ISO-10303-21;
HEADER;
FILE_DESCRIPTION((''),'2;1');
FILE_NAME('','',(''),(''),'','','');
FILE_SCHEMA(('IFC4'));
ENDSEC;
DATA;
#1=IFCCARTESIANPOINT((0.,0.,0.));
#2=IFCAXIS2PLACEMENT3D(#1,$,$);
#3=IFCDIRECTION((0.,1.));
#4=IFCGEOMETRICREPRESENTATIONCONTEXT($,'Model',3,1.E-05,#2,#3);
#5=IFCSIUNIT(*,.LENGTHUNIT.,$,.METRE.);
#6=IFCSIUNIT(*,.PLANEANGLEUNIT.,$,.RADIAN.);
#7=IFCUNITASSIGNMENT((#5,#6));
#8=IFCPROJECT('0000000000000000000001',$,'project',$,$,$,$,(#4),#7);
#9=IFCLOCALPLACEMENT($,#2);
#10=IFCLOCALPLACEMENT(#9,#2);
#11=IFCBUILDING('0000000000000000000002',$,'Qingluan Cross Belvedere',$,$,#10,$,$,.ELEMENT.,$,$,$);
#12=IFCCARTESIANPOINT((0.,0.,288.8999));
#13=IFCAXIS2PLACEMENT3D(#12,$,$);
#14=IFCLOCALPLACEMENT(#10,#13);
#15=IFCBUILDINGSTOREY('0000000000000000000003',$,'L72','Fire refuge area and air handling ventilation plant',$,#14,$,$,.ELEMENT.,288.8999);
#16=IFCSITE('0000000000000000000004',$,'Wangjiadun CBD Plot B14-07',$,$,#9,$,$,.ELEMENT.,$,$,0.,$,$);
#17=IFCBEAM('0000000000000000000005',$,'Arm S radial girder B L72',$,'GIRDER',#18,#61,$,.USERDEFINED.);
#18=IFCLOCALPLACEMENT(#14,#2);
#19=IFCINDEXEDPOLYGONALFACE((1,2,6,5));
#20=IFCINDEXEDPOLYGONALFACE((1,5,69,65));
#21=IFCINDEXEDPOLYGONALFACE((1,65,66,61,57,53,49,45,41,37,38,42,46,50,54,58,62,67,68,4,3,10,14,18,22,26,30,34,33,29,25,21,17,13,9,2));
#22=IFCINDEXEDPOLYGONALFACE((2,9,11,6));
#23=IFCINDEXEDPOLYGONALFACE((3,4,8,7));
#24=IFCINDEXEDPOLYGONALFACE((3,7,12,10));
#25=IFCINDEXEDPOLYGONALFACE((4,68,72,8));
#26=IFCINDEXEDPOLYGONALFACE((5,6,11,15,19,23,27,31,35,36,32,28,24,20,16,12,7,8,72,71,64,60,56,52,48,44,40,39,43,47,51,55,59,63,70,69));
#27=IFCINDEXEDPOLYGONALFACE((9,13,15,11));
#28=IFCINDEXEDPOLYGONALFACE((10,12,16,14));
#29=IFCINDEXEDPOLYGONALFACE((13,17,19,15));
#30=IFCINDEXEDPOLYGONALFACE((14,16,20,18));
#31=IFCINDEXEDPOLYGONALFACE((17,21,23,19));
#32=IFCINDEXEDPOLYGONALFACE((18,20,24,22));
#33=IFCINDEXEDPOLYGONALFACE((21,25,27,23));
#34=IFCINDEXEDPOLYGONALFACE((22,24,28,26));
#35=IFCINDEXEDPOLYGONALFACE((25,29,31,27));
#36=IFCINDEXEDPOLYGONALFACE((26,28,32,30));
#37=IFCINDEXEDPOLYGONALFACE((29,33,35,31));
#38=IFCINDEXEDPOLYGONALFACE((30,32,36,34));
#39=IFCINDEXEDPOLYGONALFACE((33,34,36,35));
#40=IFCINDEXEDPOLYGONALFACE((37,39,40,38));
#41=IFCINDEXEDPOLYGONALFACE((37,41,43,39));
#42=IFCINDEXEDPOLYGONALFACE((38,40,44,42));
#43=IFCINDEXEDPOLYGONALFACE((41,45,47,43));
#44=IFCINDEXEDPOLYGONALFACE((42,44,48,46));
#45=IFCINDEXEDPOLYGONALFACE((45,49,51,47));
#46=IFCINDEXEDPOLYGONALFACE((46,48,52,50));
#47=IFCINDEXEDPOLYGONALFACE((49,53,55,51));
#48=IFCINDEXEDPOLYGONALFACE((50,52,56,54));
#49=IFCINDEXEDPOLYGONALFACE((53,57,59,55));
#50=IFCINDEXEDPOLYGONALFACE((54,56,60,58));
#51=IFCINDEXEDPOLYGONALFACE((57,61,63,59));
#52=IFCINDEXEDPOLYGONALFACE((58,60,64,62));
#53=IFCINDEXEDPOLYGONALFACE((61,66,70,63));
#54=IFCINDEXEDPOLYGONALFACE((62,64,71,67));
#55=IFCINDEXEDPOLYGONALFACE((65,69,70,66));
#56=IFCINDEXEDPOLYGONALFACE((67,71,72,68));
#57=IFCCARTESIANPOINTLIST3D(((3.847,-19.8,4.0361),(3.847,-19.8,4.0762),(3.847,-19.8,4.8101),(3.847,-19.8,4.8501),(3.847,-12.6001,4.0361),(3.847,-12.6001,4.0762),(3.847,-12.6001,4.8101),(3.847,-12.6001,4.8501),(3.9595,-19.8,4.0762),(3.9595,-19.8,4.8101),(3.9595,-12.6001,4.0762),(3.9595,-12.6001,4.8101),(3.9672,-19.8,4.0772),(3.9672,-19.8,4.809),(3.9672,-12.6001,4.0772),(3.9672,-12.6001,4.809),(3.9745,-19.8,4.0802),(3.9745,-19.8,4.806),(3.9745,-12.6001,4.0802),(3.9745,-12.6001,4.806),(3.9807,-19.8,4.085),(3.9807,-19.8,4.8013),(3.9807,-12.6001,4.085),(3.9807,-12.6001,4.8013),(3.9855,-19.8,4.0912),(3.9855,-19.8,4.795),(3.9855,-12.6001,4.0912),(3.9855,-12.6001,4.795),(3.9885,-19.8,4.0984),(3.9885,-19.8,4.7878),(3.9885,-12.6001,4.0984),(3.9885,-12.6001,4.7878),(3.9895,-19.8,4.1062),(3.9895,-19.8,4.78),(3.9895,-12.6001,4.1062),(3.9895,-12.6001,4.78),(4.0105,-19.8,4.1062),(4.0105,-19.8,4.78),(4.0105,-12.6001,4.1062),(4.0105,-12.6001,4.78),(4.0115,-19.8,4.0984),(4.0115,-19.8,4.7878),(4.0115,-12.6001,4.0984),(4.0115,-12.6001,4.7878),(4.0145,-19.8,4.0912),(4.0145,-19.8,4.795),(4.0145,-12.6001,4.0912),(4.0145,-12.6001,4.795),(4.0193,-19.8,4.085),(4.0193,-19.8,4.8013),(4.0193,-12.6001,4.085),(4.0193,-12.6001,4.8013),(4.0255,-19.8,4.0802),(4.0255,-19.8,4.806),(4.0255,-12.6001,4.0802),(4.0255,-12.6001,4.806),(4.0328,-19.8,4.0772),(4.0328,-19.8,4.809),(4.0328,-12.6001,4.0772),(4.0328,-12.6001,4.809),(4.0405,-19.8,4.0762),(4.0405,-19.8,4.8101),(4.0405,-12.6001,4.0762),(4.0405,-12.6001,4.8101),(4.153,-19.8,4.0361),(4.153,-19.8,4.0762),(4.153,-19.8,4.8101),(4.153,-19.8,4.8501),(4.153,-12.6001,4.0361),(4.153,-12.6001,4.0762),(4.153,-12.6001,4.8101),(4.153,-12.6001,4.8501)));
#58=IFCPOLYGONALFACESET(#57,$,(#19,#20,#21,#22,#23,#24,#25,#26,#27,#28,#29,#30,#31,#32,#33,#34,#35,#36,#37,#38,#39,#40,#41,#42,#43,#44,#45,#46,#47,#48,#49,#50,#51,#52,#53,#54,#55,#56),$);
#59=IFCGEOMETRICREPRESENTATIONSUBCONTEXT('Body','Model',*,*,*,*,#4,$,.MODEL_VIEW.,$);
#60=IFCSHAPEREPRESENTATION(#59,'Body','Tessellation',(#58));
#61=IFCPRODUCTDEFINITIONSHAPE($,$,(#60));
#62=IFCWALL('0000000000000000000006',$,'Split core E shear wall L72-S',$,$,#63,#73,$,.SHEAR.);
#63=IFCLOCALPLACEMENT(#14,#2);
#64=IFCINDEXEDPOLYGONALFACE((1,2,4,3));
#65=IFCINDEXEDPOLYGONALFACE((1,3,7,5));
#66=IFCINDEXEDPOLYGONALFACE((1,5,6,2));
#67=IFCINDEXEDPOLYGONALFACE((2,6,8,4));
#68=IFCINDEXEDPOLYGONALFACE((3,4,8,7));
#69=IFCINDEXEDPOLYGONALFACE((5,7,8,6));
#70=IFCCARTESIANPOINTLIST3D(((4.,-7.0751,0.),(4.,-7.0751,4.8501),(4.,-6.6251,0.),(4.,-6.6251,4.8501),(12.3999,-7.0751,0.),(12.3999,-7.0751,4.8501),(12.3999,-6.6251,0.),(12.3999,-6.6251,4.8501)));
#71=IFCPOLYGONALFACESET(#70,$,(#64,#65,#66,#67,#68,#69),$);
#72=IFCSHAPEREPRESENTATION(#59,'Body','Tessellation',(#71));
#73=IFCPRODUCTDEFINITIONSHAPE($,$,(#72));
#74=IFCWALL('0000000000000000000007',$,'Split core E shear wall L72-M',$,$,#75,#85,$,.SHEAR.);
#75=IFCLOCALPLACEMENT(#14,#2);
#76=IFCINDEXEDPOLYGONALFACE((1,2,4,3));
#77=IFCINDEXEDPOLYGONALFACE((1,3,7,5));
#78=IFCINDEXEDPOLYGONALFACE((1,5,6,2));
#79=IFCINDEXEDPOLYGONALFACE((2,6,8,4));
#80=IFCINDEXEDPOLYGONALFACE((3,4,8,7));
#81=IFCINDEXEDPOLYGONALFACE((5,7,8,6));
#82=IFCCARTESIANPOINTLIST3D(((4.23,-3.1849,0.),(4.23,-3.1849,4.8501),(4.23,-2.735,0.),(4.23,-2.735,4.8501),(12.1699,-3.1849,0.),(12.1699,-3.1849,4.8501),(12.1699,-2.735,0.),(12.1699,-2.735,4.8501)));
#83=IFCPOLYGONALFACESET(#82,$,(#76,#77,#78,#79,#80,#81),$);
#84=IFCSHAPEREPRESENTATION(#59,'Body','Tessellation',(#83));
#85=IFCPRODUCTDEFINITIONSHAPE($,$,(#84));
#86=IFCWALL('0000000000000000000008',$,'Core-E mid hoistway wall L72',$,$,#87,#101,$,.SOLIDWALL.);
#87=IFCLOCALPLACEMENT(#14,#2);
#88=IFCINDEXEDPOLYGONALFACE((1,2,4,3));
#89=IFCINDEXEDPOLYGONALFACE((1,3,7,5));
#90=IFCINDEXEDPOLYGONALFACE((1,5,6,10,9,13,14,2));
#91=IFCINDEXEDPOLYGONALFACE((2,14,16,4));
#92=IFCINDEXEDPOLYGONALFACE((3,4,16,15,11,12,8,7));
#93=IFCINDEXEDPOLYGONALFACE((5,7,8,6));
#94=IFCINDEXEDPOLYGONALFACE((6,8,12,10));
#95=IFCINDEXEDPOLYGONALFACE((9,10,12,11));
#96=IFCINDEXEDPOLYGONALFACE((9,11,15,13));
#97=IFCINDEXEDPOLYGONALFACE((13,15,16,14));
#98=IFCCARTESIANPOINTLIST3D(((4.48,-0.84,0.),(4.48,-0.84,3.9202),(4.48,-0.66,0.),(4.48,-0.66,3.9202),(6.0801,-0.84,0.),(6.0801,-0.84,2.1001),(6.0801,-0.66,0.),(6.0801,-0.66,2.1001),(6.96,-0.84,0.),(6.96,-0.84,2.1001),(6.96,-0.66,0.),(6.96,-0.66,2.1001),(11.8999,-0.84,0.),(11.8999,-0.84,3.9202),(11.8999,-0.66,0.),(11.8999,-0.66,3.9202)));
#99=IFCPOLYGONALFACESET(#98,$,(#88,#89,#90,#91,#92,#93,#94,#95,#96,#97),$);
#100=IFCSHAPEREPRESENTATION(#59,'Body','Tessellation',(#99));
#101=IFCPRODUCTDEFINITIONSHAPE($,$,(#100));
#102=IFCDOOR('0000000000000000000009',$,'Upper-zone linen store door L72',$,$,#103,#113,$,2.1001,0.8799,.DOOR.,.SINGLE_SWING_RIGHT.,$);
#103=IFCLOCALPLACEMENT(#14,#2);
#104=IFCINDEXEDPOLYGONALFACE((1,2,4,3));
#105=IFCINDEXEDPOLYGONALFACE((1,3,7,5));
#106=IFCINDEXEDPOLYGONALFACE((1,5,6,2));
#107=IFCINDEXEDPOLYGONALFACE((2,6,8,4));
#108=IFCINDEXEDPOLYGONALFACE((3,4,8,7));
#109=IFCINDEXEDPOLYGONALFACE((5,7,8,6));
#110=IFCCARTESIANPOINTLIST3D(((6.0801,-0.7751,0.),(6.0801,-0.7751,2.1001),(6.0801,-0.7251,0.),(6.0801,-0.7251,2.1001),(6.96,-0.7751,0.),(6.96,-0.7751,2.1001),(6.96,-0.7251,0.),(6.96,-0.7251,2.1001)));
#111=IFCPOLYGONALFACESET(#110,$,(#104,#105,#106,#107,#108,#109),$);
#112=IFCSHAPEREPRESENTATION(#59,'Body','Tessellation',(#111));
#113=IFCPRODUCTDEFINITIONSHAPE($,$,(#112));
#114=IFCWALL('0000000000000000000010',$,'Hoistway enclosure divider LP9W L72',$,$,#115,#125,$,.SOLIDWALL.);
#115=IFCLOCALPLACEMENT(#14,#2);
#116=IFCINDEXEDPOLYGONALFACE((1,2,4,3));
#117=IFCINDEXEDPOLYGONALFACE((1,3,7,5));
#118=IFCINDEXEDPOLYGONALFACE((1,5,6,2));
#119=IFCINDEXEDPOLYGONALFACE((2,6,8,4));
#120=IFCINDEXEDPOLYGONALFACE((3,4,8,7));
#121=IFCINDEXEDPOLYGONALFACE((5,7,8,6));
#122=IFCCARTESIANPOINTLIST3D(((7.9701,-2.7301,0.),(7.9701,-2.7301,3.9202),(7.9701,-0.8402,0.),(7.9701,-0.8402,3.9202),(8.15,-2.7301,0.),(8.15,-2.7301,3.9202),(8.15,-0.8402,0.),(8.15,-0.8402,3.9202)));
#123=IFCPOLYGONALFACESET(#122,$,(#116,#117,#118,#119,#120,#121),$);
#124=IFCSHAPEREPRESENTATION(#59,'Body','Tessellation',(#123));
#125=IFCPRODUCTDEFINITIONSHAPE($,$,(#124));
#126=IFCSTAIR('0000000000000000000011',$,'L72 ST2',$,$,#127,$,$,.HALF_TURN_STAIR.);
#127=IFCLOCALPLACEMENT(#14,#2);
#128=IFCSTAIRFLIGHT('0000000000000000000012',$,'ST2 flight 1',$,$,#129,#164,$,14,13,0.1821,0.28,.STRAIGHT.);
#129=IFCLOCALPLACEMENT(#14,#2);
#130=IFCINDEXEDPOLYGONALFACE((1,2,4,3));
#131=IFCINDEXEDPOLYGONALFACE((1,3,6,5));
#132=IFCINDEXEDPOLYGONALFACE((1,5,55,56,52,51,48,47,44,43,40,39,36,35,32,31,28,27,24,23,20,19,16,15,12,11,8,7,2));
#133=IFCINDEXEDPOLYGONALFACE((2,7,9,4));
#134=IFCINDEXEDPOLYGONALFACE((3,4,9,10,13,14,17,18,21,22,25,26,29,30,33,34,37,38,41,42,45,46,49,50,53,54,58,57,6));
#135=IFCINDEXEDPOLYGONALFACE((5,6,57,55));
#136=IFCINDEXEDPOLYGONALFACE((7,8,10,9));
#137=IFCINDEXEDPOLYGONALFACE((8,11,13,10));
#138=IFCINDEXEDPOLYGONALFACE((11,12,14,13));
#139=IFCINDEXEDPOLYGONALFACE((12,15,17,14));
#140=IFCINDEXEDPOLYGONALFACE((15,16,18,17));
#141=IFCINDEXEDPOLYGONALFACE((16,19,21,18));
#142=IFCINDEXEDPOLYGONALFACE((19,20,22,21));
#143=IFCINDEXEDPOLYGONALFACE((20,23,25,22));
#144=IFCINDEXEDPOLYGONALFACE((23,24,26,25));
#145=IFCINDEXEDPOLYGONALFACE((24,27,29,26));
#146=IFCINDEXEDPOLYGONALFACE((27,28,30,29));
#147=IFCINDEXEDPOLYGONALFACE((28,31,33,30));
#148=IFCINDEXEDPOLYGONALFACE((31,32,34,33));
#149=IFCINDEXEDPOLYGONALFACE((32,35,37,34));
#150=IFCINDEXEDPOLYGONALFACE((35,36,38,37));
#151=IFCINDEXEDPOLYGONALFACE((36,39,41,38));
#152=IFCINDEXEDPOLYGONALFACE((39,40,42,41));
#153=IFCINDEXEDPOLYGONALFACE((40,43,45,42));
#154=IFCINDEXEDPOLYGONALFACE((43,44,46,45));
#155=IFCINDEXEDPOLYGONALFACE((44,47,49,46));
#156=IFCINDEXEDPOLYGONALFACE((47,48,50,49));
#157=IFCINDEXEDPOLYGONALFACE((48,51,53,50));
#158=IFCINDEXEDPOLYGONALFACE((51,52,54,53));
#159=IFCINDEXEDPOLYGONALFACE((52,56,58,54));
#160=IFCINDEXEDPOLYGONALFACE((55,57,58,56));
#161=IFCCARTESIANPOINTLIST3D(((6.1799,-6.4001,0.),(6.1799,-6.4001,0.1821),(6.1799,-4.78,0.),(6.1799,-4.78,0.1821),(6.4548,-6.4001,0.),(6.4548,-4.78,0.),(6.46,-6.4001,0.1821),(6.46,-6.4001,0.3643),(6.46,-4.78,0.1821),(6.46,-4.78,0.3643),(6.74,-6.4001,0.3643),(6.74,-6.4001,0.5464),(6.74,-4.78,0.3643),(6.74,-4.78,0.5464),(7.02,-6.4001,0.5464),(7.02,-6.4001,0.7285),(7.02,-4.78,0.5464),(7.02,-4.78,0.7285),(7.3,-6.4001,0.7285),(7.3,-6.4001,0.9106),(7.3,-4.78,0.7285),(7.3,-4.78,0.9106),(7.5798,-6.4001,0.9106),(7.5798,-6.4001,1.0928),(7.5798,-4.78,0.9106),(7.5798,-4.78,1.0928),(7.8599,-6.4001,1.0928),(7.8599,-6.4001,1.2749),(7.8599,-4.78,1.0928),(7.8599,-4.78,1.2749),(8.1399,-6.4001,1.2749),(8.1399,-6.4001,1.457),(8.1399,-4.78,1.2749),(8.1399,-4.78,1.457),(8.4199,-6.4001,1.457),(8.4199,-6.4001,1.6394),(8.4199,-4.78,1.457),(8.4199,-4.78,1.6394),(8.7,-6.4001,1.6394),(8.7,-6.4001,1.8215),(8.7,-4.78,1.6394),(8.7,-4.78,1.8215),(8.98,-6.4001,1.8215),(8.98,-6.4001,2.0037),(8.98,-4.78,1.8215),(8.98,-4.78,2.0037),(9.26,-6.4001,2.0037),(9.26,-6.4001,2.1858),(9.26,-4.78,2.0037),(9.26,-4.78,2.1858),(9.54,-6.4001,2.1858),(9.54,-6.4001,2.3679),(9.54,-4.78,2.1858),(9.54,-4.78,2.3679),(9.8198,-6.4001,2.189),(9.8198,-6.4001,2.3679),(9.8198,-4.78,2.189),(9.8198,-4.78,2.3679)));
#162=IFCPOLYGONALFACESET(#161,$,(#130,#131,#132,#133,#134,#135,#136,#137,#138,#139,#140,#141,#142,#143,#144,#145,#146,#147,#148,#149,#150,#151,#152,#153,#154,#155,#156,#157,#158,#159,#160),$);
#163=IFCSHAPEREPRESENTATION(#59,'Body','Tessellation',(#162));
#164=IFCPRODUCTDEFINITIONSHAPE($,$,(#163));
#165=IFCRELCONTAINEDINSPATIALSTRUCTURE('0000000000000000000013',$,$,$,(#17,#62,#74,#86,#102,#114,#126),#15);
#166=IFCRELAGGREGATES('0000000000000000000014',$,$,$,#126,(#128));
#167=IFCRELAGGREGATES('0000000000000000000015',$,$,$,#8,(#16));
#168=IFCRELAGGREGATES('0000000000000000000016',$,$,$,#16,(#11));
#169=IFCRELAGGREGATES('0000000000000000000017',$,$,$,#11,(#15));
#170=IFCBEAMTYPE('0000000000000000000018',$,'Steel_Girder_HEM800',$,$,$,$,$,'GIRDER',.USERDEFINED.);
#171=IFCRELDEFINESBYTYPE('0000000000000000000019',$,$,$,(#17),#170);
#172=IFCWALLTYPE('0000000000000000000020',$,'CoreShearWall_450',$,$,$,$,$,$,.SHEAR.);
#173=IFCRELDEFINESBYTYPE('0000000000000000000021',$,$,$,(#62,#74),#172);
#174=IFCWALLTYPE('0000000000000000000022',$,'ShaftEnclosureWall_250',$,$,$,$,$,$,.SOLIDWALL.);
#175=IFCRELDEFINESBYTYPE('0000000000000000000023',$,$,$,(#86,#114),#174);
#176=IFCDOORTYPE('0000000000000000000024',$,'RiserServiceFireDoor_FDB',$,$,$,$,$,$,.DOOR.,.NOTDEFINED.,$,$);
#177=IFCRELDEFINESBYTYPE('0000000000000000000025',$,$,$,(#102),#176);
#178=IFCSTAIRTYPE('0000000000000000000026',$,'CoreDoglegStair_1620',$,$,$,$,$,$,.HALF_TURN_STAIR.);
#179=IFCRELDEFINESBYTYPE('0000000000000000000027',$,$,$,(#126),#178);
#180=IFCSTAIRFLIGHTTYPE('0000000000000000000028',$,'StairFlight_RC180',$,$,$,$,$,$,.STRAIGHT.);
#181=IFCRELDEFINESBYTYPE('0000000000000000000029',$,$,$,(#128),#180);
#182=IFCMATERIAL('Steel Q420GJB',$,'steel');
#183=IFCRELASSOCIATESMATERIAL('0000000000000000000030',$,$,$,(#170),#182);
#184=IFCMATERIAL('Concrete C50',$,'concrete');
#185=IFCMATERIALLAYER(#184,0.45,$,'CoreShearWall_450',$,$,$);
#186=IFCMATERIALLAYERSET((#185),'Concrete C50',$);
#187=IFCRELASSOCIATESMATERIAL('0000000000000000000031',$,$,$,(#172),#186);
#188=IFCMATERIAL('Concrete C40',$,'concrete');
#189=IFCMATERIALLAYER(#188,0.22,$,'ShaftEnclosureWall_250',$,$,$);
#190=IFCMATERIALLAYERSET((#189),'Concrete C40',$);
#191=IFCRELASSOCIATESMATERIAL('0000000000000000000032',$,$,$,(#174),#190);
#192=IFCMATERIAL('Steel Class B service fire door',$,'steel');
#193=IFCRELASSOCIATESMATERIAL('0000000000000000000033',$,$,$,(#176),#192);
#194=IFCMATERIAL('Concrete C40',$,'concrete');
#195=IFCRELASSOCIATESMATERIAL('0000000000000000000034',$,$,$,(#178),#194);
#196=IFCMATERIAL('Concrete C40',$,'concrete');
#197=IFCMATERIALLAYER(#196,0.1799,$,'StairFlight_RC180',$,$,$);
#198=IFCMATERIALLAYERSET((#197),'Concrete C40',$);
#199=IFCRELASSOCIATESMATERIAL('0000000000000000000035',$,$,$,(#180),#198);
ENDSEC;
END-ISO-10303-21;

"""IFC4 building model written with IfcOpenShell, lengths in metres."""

from ifc_helpers import new_model, si_unit, direction, frame, frame_2d, origin, origin_2d, place, context, subcontext, project, spatial, polyline, rectangle, i_section, outline, extrude, material, layer, layer_set, material_profile, profile_set, type_object, element, fill, aggregate, save


model = new_model("IFC4")

# Units and contexts
model_context = context("Model", 3, precision=1e-05, world=origin(), true_north=direction((0.0, 1.0)))
body_context = subcontext(model_context, "Body", "Model", "MODEL_VIEW")
ifc_project = project(units=[si_unit("LENGTHUNIT", "METRE"), si_unit("PLANEANGLEUNIT", "RADIAN")], contexts=[model_context])

# Site, building, storey
site_placement = place(None, origin())
site = spatial("IfcSite", under=ifc_project, at=site_placement, Name="Wangjiadun CBD Plot B14-07", CompositionType="ELEMENT", RefElevation=0.0)
building_placement = place(site_placement, origin())
building = spatial("IfcBuilding", under=site, at=building_placement, Name="Qingluan Cross Belvedere", CompositionType="ELEMENT")
storey_placement = place(building_placement, frame((0.0, 0.0, 288.8999)))
storey = spatial("IfcBuildingStorey", under=building, at=storey_placement, Name="L72", Description="Fire refuge area and air handling ventilation plant", CompositionType="ELEMENT", Elevation=288.8999)

# Beam
ifc_material_1 = material(Name="Steel Q420GJB", Category="steel")
ifc_material_profile_1 = material_profile(ifc_material_1, i_section(OverallWidth=0.3059, OverallDepth=0.814, WebThickness=0.021, FlangeThickness=0.04, FilletRadius=0.03, at=origin_2d()), Name="HEM800")
ifc_profile_set_1 = profile_set([ifc_material_profile_1], Name="Steel Q420GJB")
beam_type_1 = type_object("IfcBeamType", Name="Steel_Girder_HEM800", ElementType="GIRDER", PredefinedType="USERDEFINED", material=ifc_profile_set_1)
beam_1_placement = place(storey_placement, frame((4.0, -12.6001, 4.4431), z_axis=(0.0, -1.0, 0.0), x_axis=(1.0, 0.0, 0.0)))
element("IfcBeam", 1, at=beam_1_placement, inside=storey, type_object=beam_type_1, Name="Arm S radial girder B L72", ObjectType="GIRDER", PredefinedType="USERDEFINED", context=body_context, shape_type="SweptSolid", body=[
    extrude(i_section(OverallWidth=0.3059, OverallDepth=0.814, WebThickness=0.021, FlangeThickness=0.04, FilletRadius=0.03, at=origin_2d()), origin(), (0.0, 0.0, 1.0), 7.2),
])

# Wall
ifc_material_2 = material(Name="Concrete C50", Category="concrete")
ifc_layer_1 = layer(ifc_material_2, 0.45, Name="CoreShearWall_450")
ifc_layer_set_1 = layer_set([ifc_layer_1], Name="Concrete C50")
wall_type_1 = type_object("IfcWallType", Name="CoreShearWall_450", PredefinedType="SHEAR", material=ifc_layer_set_1)
wall_1_placement = place(storey_placement, frame((4.0, -6.8501, 0.0), z_axis=(0.0, 0.0, 1.0), x_axis=(1.0, 0.0, 0.0)))
element("IfcWall", 2, at=wall_1_placement, inside=storey, type_object=wall_type_1, Name="Split core E shear wall L72-S", PredefinedType="SHEAR", context=body_context, shape_type="SweptSolid", body=[
    extrude(rectangle(XDim=8.3999, YDim=0.45, at=frame_2d((4.2, 0.0))), origin(), (0.0, 0.0, 1.0), 4.8501),
])

# Wall
wall_2_placement = place(storey_placement, frame((4.23, -2.96, 0.0), z_axis=(0.0, 0.0, 1.0), x_axis=(1.0, 0.0, 0.0)))
element("IfcWall", 3, at=wall_2_placement, inside=storey, type_object=wall_type_1, Name="Split core E shear wall L72-M", PredefinedType="SHEAR", context=body_context, shape_type="SweptSolid", body=[
    extrude(rectangle(XDim=7.9399, YDim=0.45, at=frame_2d((3.97, 0.0))), origin(), (0.0, 0.0, 1.0), 4.8501),
])

# Wall, opening, door
ifc_material_3 = material(Name="Concrete C40", Category="concrete")
ifc_layer_2 = layer(ifc_material_3, 0.22, Name="ShaftEnclosureWall_250")
ifc_layer_set_2 = layer_set([ifc_layer_2], Name="Concrete C40")
wall_type_2 = type_object("IfcWallType", Name="ShaftEnclosureWall_250", PredefinedType="SOLIDWALL", material=ifc_layer_set_2)
wall_3_placement = place(storey_placement, frame((4.48, -0.75, 0.0), z_axis=(0.0, 0.0, 1.0), x_axis=(1.0, 0.0, 0.0)))
wall_3 = element("IfcWall", 4, at=wall_3_placement, inside=storey, type_object=wall_type_2, Name="Core-E mid hoistway wall L72", PredefinedType="SOLIDWALL", context=body_context, shape_type="SweptSolid", body=[
    extrude(rectangle(XDim=7.4199, YDim=0.1799, at=frame_2d((3.71, 0.0))), origin(), (0.0, 0.0, 1.0), 3.9202),
])
opening_1_placement = place(wall_3_placement, frame((1.6001, 0.0, 0.0)))
opening_1 = element("IfcOpeningElement", 5, at=opening_1_placement, cuts=wall_3, PredefinedType="OPENING", context=body_context, shape_type="SweptSolid", body=[
    extrude(rectangle(XDim=0.8799, YDim=2.1001, at=frame_2d((0.4399, 1.05))), frame((0.0, 0.0999, 0.0), z_axis=(0.0, -1.0, 0.0), x_axis=(1.0, 0.0, 0.0)), (0.0, 0.0, 1.0), 0.2),
])
ifc_material_4 = material(Name="Steel Class B service fire door", Category="steel")
door_type_1 = type_object("IfcDoorType", Name="RiserServiceFireDoor_FDB", OperationType="NOTDEFINED", PredefinedType="DOOR", material=ifc_material_4)
door_1_placement = place(opening_1_placement, origin())
door_1 = element("IfcDoor", 6, at=door_1_placement, inside=storey, type_object=door_type_1, Name="Upper-zone linen store door L72", OperationType="SINGLE_SWING_RIGHT", OverallHeight=2.1001, OverallWidth=0.8799, PredefinedType="DOOR", context=body_context, shape_type="SweptSolid", body=[
    extrude(rectangle(XDim=0.8799, YDim=2.1001, at=frame_2d((0.4399, 1.05))), frame((0.0, 0.0249, 0.0), z_axis=(0.0, -1.0, 0.0), x_axis=(1.0, 0.0, 0.0)), (0.0, 0.0, 1.0), 0.05),
])
fill(opening_1, door_1)

# Wall
wall_4_placement = place(storey_placement, frame((8.0601, -2.73, 0.0), z_axis=(0.0, 0.0, 1.0), x_axis=(0.0, 1.0, 0.0)))
element("IfcWall", 7, at=wall_4_placement, inside=storey, type_object=wall_type_2, Name="Hoistway enclosure divider LP9W L72", PredefinedType="SOLIDWALL", context=body_context, shape_type="SweptSolid", body=[
    extrude(rectangle(XDim=1.8899, YDim=0.1799, at=frame_2d((0.9448, 0.0))), origin(), (0.0, 0.0, 1.0), 3.9202),
])

# Stair, stair flight
ifc_material_5 = material(Name="Concrete C40", Category="concrete")
stair_type = type_object("IfcStairType", Name="CoreDoglegStair_1620", PredefinedType="HALF_TURN_STAIR", material=ifc_material_5)
stair_placement = place(storey_placement, origin())
stair = element("IfcStair", 8, at=stair_placement, inside=storey, type_object=stair_type, Name="L72 ST2", PredefinedType="HALF_TURN_STAIR")
ifc_material_6 = material(Name="Concrete C40", Category="concrete")
ifc_layer_3 = layer(ifc_material_6, 0.1799, Name="StairFlight_RC180")
ifc_layer_set_3 = layer_set([ifc_layer_3], Name="Concrete C40")
stair_flight_type = type_object("IfcStairFlightType", Name="StairFlight_RC180", PredefinedType="STRAIGHT", material=ifc_layer_set_3)
stair_flight_placement = place(storey_placement, frame((6.1799, -5.5901, 0.0), z_axis=(0.0, 0.0, 1.0), x_axis=(1.0, 0.0, 0.0)))
stair_flight = element("IfcStairFlight", 9, at=stair_flight_placement, type_object=stair_flight_type, Name="ST2 flight 1", NumberOfRisers=14, NumberOfTreads=13, PredefinedType="STRAIGHT", RiserHeight=0.1821, TreadLength=0.28, context=body_context, shape_type="SweptSolid", body=[
    extrude(outline(polyline([(0.0, 0.0), (0.0, 0.1821), (0.28, 0.1821), (0.28, 0.3643), (0.5601, 0.3643), (0.5601, 0.5464), (0.8401, 0.5464), (0.8401, 0.7285), (1.1201, 0.7285), (1.1201, 0.9106), (1.3999, 0.9106), (1.3999, 1.0928), (1.6799, 1.0928), (1.6799, 1.2749), (1.96, 1.2749), (1.96, 1.457), (2.24, 1.457), (2.24, 1.6394), (2.52, 1.6394), (2.52, 1.8215), (2.8, 1.8215), (2.8, 2.0037), (3.0801, 2.0037), (3.0801, 2.1858), (3.3601, 2.1858), (3.3601, 2.3679), (3.6399, 2.3679), (3.6399, 2.55), (3.6399, 2.189), (0.2749, 0.0), (0.0, 0.0)])), frame((0.0, 0.8101, 0.0), z_axis=(0.0, -1.0, 0.0), x_axis=(1.0, 0.0, 0.0)), (0.0, 0.0, 1.0), 1.6201),
])
aggregate(stair, [stair_flight])

save(model, "model.ifc")
